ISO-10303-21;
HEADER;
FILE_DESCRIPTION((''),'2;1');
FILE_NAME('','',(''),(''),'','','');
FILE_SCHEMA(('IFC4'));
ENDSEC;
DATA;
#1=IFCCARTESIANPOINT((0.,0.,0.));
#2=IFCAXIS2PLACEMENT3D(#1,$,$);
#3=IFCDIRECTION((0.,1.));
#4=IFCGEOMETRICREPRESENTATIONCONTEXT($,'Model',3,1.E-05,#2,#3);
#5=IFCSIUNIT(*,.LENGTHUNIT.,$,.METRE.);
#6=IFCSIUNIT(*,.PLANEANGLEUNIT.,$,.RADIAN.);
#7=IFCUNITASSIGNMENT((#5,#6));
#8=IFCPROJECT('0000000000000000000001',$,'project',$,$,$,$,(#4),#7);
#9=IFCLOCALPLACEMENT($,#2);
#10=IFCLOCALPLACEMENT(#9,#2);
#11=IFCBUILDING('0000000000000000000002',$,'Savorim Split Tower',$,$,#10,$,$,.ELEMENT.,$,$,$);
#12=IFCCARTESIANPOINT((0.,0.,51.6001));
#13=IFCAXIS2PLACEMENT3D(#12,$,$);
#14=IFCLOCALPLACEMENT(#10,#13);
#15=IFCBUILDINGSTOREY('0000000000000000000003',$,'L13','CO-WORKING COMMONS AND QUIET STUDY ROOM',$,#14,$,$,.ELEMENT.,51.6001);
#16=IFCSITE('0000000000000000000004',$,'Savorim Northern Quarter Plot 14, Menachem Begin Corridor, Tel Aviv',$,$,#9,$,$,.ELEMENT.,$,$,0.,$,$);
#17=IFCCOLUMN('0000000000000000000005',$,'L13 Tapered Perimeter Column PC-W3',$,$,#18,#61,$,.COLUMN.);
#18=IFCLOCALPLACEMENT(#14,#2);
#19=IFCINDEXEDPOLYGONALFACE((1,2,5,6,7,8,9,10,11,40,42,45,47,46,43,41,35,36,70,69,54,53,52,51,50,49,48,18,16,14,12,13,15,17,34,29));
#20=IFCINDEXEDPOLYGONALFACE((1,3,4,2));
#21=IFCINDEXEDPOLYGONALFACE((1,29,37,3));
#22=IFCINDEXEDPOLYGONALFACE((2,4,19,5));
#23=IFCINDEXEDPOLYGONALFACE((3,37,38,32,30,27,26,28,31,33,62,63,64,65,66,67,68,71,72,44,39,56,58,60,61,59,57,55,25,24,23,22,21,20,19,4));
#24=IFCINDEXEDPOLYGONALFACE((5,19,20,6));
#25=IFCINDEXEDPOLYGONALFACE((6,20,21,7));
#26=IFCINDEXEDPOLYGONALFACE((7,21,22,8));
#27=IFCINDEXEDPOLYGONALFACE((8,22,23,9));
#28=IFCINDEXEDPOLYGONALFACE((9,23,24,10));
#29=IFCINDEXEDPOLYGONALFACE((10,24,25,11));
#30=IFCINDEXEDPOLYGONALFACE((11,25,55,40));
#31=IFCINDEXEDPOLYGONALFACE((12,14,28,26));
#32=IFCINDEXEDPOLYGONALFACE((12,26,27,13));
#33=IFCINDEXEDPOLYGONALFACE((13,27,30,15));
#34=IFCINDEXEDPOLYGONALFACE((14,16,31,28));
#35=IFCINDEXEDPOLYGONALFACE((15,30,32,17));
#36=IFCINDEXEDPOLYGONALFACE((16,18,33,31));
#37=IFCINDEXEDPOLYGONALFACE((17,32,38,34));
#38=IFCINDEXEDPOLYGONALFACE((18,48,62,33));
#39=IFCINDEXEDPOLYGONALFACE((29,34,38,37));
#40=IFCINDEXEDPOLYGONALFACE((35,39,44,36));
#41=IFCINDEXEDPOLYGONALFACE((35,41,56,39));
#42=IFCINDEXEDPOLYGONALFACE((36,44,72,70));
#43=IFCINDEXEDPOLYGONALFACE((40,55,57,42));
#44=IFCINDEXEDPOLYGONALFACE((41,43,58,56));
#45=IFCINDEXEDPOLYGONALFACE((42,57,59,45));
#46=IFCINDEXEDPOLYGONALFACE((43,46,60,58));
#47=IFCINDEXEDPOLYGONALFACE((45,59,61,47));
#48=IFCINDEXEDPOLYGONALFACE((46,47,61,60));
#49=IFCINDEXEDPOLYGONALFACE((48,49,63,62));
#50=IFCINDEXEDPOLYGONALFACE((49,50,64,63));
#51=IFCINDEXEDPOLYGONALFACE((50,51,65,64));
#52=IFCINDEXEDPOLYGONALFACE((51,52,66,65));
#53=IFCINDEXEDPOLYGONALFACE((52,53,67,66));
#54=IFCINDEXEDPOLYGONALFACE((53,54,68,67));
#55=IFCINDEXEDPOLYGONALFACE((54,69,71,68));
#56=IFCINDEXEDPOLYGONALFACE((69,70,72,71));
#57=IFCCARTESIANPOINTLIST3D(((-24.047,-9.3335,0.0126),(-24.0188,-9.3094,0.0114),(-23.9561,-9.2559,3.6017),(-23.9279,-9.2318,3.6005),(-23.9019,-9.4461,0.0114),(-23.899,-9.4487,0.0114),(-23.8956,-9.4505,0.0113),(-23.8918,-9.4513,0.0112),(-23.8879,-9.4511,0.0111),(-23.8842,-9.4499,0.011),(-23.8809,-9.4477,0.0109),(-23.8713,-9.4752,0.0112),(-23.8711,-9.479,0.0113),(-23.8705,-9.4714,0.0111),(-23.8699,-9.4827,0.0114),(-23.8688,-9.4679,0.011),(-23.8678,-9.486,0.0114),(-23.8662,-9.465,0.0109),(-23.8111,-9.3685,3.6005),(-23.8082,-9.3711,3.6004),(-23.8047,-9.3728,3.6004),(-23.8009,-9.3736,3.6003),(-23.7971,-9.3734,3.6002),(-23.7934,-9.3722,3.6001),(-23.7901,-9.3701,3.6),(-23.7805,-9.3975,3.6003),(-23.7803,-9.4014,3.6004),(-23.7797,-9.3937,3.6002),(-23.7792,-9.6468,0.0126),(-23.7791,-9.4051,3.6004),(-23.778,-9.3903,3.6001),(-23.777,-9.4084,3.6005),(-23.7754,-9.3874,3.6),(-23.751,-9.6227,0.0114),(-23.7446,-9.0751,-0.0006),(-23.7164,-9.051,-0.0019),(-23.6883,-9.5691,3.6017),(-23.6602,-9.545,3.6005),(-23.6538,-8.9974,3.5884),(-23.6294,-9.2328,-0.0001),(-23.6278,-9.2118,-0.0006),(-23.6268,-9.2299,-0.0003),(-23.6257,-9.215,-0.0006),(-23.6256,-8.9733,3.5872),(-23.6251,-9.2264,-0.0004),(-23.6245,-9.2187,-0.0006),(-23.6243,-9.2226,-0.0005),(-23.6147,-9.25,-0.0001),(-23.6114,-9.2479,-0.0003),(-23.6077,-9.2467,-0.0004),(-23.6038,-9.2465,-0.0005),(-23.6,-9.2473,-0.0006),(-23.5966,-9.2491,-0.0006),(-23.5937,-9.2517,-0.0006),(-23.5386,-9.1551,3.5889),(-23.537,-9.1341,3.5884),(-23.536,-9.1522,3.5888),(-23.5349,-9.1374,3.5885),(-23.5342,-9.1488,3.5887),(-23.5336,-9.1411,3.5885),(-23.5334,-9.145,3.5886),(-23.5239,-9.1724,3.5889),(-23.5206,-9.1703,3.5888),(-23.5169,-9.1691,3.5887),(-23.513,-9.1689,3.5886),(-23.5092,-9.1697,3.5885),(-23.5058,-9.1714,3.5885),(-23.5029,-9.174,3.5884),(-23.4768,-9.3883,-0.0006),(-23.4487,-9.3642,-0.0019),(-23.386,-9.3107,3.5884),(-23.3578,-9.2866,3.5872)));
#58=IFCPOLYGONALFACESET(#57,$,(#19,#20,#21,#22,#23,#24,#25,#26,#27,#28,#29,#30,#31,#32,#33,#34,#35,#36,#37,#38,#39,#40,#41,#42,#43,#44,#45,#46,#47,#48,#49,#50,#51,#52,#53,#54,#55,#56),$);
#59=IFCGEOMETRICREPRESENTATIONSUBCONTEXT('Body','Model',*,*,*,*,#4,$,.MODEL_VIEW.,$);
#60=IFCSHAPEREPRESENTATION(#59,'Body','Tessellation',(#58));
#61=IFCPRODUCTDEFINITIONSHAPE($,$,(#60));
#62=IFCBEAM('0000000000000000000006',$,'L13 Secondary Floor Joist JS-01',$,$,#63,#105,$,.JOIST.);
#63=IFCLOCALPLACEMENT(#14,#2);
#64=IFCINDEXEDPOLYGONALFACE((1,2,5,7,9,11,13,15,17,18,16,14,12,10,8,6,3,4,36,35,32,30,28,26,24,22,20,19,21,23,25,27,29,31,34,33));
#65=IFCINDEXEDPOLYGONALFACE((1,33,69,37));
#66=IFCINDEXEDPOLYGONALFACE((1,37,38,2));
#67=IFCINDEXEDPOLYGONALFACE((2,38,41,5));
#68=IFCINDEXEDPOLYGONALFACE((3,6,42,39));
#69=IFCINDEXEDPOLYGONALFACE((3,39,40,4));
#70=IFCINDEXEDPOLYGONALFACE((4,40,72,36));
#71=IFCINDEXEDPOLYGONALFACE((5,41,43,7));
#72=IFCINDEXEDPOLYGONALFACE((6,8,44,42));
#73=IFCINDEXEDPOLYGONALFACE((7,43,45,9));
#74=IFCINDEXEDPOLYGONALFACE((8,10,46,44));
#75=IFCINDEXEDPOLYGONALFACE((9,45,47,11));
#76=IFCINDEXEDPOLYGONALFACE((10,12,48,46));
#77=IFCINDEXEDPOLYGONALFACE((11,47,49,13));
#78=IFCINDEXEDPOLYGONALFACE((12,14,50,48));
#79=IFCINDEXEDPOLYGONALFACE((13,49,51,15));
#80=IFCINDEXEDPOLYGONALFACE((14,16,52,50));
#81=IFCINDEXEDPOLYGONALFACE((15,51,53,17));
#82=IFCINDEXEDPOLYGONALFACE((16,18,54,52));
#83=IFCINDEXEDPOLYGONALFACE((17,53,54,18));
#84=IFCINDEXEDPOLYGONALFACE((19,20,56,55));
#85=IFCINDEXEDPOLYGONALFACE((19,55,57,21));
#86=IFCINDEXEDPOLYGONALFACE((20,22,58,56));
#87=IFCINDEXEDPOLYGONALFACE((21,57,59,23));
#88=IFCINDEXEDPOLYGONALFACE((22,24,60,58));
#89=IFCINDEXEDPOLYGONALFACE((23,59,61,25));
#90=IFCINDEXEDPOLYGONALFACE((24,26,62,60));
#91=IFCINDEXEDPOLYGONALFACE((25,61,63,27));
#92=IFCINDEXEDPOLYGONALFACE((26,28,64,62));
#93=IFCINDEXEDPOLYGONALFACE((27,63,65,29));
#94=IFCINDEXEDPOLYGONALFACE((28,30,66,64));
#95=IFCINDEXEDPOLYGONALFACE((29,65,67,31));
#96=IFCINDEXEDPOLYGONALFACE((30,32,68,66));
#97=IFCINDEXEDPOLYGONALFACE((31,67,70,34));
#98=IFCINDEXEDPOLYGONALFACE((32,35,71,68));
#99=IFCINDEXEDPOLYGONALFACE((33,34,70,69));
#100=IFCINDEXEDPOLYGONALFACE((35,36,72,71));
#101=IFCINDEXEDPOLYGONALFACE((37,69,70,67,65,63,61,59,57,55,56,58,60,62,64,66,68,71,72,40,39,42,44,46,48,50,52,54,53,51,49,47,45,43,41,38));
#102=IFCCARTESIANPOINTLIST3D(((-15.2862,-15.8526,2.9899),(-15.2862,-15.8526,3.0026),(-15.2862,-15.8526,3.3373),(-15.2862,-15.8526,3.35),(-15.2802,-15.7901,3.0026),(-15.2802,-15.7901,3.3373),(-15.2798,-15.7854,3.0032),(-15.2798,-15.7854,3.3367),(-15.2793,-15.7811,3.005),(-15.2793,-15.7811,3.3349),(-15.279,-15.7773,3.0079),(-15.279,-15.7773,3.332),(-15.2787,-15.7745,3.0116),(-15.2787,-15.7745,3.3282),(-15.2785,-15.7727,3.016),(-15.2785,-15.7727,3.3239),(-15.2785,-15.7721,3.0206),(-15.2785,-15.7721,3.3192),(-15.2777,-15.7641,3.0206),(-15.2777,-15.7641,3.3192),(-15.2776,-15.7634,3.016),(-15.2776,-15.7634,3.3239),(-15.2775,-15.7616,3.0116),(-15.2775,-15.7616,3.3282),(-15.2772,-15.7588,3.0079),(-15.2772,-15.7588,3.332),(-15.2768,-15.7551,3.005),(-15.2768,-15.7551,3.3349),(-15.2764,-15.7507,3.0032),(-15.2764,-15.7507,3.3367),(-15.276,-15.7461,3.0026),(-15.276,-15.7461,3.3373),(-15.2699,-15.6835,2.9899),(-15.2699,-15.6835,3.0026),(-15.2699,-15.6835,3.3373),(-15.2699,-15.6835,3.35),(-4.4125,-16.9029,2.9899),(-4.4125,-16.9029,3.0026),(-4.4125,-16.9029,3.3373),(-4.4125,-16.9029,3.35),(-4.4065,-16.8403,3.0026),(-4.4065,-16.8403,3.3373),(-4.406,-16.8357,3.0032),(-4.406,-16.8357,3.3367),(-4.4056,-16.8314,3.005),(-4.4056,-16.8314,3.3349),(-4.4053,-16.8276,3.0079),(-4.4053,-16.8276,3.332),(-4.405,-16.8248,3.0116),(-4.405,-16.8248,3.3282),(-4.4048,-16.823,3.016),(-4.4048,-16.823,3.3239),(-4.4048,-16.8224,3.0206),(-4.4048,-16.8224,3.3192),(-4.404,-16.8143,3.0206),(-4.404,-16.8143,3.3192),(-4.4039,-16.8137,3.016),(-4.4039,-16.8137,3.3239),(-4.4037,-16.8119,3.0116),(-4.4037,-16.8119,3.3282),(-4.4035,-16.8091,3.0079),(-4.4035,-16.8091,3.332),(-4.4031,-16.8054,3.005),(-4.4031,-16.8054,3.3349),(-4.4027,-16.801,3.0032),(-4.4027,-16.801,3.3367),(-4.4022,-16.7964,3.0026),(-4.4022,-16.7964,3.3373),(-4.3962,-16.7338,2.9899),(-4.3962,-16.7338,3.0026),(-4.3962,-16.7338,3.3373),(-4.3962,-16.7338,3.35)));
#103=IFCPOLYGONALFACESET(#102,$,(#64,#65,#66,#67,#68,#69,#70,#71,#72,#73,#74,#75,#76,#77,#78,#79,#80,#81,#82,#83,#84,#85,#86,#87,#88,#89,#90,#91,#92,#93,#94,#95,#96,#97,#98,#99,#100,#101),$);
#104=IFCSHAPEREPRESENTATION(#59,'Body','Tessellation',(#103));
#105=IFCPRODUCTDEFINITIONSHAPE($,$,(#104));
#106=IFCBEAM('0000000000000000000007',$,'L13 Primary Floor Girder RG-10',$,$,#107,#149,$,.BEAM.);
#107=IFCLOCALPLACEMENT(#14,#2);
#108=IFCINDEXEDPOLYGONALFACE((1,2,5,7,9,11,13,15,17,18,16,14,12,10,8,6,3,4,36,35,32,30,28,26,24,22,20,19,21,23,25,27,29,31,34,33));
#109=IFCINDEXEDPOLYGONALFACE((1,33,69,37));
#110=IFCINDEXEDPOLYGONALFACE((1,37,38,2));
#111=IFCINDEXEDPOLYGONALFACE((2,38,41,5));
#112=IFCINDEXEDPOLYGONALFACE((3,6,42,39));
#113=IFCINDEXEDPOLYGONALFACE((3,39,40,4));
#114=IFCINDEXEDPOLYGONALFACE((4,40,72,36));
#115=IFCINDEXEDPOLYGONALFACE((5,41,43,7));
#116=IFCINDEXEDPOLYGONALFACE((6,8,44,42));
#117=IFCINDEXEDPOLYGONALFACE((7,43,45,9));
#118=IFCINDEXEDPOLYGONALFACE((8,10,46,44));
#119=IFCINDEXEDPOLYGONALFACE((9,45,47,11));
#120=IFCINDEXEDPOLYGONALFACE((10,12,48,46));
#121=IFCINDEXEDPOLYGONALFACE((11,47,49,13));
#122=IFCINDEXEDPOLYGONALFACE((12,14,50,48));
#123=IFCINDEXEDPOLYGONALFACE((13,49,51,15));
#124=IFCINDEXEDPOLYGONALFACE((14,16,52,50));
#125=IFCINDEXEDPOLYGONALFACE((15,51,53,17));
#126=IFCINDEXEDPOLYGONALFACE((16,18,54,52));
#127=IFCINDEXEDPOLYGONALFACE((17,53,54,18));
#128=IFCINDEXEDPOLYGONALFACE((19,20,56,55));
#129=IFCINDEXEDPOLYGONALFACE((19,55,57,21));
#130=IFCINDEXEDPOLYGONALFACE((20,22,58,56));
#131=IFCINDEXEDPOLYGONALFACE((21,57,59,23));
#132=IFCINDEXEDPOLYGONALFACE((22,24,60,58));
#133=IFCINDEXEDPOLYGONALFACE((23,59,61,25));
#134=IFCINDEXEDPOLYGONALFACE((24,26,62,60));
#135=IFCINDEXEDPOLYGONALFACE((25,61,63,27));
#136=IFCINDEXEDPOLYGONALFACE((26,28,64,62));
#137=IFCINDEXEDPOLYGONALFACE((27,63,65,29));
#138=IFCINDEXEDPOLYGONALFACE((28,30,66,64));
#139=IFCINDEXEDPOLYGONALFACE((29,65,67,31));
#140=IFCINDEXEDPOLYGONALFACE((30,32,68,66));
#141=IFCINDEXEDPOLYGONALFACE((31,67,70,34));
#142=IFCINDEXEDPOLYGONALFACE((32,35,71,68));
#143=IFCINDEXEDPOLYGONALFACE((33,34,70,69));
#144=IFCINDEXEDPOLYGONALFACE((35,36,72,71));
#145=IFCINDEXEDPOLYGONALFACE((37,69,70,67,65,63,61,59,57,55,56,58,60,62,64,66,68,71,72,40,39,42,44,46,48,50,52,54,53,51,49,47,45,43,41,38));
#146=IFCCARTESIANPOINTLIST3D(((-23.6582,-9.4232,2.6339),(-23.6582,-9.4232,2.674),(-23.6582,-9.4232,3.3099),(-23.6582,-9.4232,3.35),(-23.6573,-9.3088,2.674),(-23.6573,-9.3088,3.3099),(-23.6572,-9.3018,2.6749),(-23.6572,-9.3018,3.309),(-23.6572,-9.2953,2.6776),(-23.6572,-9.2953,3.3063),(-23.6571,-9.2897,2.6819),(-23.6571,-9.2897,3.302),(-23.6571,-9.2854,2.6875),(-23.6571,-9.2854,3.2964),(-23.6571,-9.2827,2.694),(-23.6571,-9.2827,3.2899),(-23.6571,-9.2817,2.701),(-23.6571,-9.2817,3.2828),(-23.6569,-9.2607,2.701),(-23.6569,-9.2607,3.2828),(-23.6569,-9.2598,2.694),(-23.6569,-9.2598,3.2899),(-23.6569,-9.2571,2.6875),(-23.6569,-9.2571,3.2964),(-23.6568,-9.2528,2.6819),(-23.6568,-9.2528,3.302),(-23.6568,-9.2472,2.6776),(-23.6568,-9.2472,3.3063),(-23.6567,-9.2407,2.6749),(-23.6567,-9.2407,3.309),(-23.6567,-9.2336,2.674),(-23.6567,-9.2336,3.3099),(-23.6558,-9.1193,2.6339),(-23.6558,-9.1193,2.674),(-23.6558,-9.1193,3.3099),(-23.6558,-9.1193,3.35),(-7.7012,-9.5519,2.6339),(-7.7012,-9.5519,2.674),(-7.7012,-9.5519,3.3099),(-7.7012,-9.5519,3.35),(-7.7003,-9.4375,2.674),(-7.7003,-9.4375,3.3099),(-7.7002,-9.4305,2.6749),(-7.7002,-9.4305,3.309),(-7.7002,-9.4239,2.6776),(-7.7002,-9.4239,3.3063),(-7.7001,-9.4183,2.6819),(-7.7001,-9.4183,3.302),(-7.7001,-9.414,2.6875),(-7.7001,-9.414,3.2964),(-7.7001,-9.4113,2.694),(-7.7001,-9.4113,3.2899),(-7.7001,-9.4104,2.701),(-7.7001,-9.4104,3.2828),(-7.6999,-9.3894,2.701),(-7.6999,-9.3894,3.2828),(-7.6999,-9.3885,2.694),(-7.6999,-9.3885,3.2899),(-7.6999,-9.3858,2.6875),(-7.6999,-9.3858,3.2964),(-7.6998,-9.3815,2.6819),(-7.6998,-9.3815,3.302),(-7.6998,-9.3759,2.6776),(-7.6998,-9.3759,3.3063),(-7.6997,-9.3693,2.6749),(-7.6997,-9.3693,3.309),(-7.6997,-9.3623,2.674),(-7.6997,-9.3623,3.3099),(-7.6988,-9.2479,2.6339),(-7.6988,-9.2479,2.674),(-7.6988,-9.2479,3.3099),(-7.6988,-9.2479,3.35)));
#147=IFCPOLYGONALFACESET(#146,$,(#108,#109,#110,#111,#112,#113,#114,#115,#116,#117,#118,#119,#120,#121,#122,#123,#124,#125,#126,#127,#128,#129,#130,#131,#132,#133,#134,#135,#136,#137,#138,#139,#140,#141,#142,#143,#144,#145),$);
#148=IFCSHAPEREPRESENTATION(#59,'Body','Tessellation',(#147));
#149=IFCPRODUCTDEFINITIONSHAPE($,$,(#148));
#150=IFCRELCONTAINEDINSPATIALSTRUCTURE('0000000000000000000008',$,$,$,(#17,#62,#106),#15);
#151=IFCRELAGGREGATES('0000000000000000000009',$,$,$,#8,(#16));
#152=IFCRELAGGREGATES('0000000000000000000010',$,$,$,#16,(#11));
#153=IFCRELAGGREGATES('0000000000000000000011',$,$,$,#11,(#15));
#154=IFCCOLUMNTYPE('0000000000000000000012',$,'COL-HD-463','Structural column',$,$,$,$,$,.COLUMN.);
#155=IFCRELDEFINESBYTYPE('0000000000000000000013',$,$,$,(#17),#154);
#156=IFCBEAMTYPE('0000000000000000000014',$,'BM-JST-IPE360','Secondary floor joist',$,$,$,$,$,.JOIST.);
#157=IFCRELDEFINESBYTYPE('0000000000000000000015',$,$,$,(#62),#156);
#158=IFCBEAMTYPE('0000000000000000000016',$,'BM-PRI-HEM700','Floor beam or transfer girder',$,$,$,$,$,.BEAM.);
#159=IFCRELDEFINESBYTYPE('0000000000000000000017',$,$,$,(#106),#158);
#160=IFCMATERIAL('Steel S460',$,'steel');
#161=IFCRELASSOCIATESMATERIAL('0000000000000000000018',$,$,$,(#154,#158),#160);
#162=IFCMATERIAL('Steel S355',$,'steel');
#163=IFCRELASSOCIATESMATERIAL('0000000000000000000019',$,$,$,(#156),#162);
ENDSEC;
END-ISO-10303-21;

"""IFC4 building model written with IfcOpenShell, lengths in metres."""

from ifc_helpers import new_model, si_unit, direction, frame, origin, origin_2d, place, context, subcontext, project, spatial, i_section, extrude, material, material_profile, profile_set, type_object, element, save


model = new_model("IFC4")

# Units and contexts
model_context = context("Model", 3, precision=1e-05, world=origin(), true_north=direction((0.0, 1.0)))
body_context = subcontext(model_context, "Body", "Model", "MODEL_VIEW")
ifc_project = project(units=[si_unit("LENGTHUNIT", "METRE"), si_unit("PLANEANGLEUNIT", "RADIAN")], contexts=[model_context])

# Site, building, storey
site_placement = place(None, origin())
site = spatial("IfcSite", under=ifc_project, at=site_placement, Name="Savorim Northern Quarter Plot 14, Menachem Begin Corridor, Tel Aviv", CompositionType="ELEMENT", RefElevation=0.0)
building_placement = place(site_placement, origin())
building = spatial("IfcBuilding", under=site, at=building_placement, Name="Savorim Split Tower", CompositionType="ELEMENT")
storey_placement = place(building_placement, frame((0.0, 0.0, 51.6001)))
storey = spatial("IfcBuildingStorey", under=building, at=storey_placement, Name="L13", Description="CO-WORKING COMMONS AND QUIET STUDY ROOM", CompositionType="ELEMENT", Elevation=51.6001)

# Column
ifc_material_1 = material(Name="Steel S460", Category="steel")
ifc_material_profile_1 = material_profile(ifc_material_1, i_section(OverallWidth=0.4121, OverallDepth=0.4351, WebThickness=0.0227, FlangeThickness=0.0371, FilletRadius=0.0149, at=origin_2d()), Name="HD 400x463")
ifc_profile_set_1 = profile_set([ifc_material_profile_1], Name="Steel S460")
column_type = type_object("IfcColumnType", Name="COL-HD-463", Description="Structural column", PredefinedType="COLUMN", material=ifc_profile_set_1)
column_placement = place(storey_placement, frame((-23.7478, -9.3489, 0.0054), z_axis=(0.02529, 0.021619, 0.999446), x_axis=(-0.649781, 0.760121, 0.0)))
element("IfcColumn", 1, at=column_placement, inside=storey, type_object=column_type, Name="L13 Tapered Perimeter Column PC-W3", PredefinedType="COLUMN", context=body_context, shape_type="SweptSolid", body=[
    extrude(i_section(OverallWidth=0.4121, OverallDepth=0.4351, WebThickness=0.0227, FlangeThickness=0.0371, FilletRadius=0.0149, at=origin_2d()), origin(), (0.0, 0.0, 1.0), 3.5911),
])

# Beams
ifc_material_2 = material(Name="Steel S355", Category="steel")
ifc_material_profile_2 = material_profile(ifc_material_2, i_section(OverallWidth=0.1699, OverallDepth=0.3601, WebThickness=0.0081, FlangeThickness=0.0127, FilletRadius=0.0181, at=origin_2d()), Name="IPE 360")
ifc_profile_set_2 = profile_set([ifc_material_profile_2], Name="Steel S355")
beam_type_1 = type_object("IfcBeamType", Name="BM-JST-IPE360", Description="Secondary floor joist", PredefinedType="JOIST", material=ifc_profile_set_2)
beam_1_placement = place(storey_placement, frame((-15.2781, -15.7681, 3.1699), z_axis=(0.995368, -0.096142, 0.0), x_axis=(0.096142, 0.995368, 0.0)))
element("IfcBeam", 2, at=beam_1_placement, inside=storey, type_object=beam_type_1, Name="L13 Secondary Floor Joist JS-01", PredefinedType="JOIST", context=body_context, shape_type="SweptSolid", body=[
    extrude(i_section(OverallWidth=0.1699, OverallDepth=0.3601, WebThickness=0.0081, FlangeThickness=0.0127, FilletRadius=0.0181, at=origin_2d()), origin(), (0.0, 0.0, 1.0), 10.9243),
])
ifc_material_profile_3 = material_profile(ifc_material_1, i_section(OverallWidth=0.304, OverallDepth=0.7161, WebThickness=0.021, FlangeThickness=0.04, FilletRadius=0.0271, at=origin_2d()), Name="HE 700 M")
ifc_profile_set_3 = profile_set([ifc_material_profile_3], Name="Steel S460")
beam_type_2 = type_object("IfcBeamType", Name="BM-PRI-HEM700", Description="Floor beam or transfer girder", PredefinedType="BEAM", material=ifc_profile_set_3)
beam_2_placement = place(storey_placement, frame((-23.657, -9.2712, 2.9919), z_axis=(0.999967, -0.008063, 0.0), x_axis=(0.008063, 0.999967, 0.0)))
element("IfcBeam", 3, at=beam_2_placement, inside=storey, type_object=beam_type_2, Name="L13 Primary Floor Girder RG-10", PredefinedType="BEAM", context=body_context, shape_type="SweptSolid", body=[
    extrude(i_section(OverallWidth=0.304, OverallDepth=0.7161, WebThickness=0.021, FlangeThickness=0.04, FilletRadius=0.0271, at=origin_2d()), origin(), (0.0, 0.0, 1.0), 15.9575),
])

save(model, "model.ifc")
